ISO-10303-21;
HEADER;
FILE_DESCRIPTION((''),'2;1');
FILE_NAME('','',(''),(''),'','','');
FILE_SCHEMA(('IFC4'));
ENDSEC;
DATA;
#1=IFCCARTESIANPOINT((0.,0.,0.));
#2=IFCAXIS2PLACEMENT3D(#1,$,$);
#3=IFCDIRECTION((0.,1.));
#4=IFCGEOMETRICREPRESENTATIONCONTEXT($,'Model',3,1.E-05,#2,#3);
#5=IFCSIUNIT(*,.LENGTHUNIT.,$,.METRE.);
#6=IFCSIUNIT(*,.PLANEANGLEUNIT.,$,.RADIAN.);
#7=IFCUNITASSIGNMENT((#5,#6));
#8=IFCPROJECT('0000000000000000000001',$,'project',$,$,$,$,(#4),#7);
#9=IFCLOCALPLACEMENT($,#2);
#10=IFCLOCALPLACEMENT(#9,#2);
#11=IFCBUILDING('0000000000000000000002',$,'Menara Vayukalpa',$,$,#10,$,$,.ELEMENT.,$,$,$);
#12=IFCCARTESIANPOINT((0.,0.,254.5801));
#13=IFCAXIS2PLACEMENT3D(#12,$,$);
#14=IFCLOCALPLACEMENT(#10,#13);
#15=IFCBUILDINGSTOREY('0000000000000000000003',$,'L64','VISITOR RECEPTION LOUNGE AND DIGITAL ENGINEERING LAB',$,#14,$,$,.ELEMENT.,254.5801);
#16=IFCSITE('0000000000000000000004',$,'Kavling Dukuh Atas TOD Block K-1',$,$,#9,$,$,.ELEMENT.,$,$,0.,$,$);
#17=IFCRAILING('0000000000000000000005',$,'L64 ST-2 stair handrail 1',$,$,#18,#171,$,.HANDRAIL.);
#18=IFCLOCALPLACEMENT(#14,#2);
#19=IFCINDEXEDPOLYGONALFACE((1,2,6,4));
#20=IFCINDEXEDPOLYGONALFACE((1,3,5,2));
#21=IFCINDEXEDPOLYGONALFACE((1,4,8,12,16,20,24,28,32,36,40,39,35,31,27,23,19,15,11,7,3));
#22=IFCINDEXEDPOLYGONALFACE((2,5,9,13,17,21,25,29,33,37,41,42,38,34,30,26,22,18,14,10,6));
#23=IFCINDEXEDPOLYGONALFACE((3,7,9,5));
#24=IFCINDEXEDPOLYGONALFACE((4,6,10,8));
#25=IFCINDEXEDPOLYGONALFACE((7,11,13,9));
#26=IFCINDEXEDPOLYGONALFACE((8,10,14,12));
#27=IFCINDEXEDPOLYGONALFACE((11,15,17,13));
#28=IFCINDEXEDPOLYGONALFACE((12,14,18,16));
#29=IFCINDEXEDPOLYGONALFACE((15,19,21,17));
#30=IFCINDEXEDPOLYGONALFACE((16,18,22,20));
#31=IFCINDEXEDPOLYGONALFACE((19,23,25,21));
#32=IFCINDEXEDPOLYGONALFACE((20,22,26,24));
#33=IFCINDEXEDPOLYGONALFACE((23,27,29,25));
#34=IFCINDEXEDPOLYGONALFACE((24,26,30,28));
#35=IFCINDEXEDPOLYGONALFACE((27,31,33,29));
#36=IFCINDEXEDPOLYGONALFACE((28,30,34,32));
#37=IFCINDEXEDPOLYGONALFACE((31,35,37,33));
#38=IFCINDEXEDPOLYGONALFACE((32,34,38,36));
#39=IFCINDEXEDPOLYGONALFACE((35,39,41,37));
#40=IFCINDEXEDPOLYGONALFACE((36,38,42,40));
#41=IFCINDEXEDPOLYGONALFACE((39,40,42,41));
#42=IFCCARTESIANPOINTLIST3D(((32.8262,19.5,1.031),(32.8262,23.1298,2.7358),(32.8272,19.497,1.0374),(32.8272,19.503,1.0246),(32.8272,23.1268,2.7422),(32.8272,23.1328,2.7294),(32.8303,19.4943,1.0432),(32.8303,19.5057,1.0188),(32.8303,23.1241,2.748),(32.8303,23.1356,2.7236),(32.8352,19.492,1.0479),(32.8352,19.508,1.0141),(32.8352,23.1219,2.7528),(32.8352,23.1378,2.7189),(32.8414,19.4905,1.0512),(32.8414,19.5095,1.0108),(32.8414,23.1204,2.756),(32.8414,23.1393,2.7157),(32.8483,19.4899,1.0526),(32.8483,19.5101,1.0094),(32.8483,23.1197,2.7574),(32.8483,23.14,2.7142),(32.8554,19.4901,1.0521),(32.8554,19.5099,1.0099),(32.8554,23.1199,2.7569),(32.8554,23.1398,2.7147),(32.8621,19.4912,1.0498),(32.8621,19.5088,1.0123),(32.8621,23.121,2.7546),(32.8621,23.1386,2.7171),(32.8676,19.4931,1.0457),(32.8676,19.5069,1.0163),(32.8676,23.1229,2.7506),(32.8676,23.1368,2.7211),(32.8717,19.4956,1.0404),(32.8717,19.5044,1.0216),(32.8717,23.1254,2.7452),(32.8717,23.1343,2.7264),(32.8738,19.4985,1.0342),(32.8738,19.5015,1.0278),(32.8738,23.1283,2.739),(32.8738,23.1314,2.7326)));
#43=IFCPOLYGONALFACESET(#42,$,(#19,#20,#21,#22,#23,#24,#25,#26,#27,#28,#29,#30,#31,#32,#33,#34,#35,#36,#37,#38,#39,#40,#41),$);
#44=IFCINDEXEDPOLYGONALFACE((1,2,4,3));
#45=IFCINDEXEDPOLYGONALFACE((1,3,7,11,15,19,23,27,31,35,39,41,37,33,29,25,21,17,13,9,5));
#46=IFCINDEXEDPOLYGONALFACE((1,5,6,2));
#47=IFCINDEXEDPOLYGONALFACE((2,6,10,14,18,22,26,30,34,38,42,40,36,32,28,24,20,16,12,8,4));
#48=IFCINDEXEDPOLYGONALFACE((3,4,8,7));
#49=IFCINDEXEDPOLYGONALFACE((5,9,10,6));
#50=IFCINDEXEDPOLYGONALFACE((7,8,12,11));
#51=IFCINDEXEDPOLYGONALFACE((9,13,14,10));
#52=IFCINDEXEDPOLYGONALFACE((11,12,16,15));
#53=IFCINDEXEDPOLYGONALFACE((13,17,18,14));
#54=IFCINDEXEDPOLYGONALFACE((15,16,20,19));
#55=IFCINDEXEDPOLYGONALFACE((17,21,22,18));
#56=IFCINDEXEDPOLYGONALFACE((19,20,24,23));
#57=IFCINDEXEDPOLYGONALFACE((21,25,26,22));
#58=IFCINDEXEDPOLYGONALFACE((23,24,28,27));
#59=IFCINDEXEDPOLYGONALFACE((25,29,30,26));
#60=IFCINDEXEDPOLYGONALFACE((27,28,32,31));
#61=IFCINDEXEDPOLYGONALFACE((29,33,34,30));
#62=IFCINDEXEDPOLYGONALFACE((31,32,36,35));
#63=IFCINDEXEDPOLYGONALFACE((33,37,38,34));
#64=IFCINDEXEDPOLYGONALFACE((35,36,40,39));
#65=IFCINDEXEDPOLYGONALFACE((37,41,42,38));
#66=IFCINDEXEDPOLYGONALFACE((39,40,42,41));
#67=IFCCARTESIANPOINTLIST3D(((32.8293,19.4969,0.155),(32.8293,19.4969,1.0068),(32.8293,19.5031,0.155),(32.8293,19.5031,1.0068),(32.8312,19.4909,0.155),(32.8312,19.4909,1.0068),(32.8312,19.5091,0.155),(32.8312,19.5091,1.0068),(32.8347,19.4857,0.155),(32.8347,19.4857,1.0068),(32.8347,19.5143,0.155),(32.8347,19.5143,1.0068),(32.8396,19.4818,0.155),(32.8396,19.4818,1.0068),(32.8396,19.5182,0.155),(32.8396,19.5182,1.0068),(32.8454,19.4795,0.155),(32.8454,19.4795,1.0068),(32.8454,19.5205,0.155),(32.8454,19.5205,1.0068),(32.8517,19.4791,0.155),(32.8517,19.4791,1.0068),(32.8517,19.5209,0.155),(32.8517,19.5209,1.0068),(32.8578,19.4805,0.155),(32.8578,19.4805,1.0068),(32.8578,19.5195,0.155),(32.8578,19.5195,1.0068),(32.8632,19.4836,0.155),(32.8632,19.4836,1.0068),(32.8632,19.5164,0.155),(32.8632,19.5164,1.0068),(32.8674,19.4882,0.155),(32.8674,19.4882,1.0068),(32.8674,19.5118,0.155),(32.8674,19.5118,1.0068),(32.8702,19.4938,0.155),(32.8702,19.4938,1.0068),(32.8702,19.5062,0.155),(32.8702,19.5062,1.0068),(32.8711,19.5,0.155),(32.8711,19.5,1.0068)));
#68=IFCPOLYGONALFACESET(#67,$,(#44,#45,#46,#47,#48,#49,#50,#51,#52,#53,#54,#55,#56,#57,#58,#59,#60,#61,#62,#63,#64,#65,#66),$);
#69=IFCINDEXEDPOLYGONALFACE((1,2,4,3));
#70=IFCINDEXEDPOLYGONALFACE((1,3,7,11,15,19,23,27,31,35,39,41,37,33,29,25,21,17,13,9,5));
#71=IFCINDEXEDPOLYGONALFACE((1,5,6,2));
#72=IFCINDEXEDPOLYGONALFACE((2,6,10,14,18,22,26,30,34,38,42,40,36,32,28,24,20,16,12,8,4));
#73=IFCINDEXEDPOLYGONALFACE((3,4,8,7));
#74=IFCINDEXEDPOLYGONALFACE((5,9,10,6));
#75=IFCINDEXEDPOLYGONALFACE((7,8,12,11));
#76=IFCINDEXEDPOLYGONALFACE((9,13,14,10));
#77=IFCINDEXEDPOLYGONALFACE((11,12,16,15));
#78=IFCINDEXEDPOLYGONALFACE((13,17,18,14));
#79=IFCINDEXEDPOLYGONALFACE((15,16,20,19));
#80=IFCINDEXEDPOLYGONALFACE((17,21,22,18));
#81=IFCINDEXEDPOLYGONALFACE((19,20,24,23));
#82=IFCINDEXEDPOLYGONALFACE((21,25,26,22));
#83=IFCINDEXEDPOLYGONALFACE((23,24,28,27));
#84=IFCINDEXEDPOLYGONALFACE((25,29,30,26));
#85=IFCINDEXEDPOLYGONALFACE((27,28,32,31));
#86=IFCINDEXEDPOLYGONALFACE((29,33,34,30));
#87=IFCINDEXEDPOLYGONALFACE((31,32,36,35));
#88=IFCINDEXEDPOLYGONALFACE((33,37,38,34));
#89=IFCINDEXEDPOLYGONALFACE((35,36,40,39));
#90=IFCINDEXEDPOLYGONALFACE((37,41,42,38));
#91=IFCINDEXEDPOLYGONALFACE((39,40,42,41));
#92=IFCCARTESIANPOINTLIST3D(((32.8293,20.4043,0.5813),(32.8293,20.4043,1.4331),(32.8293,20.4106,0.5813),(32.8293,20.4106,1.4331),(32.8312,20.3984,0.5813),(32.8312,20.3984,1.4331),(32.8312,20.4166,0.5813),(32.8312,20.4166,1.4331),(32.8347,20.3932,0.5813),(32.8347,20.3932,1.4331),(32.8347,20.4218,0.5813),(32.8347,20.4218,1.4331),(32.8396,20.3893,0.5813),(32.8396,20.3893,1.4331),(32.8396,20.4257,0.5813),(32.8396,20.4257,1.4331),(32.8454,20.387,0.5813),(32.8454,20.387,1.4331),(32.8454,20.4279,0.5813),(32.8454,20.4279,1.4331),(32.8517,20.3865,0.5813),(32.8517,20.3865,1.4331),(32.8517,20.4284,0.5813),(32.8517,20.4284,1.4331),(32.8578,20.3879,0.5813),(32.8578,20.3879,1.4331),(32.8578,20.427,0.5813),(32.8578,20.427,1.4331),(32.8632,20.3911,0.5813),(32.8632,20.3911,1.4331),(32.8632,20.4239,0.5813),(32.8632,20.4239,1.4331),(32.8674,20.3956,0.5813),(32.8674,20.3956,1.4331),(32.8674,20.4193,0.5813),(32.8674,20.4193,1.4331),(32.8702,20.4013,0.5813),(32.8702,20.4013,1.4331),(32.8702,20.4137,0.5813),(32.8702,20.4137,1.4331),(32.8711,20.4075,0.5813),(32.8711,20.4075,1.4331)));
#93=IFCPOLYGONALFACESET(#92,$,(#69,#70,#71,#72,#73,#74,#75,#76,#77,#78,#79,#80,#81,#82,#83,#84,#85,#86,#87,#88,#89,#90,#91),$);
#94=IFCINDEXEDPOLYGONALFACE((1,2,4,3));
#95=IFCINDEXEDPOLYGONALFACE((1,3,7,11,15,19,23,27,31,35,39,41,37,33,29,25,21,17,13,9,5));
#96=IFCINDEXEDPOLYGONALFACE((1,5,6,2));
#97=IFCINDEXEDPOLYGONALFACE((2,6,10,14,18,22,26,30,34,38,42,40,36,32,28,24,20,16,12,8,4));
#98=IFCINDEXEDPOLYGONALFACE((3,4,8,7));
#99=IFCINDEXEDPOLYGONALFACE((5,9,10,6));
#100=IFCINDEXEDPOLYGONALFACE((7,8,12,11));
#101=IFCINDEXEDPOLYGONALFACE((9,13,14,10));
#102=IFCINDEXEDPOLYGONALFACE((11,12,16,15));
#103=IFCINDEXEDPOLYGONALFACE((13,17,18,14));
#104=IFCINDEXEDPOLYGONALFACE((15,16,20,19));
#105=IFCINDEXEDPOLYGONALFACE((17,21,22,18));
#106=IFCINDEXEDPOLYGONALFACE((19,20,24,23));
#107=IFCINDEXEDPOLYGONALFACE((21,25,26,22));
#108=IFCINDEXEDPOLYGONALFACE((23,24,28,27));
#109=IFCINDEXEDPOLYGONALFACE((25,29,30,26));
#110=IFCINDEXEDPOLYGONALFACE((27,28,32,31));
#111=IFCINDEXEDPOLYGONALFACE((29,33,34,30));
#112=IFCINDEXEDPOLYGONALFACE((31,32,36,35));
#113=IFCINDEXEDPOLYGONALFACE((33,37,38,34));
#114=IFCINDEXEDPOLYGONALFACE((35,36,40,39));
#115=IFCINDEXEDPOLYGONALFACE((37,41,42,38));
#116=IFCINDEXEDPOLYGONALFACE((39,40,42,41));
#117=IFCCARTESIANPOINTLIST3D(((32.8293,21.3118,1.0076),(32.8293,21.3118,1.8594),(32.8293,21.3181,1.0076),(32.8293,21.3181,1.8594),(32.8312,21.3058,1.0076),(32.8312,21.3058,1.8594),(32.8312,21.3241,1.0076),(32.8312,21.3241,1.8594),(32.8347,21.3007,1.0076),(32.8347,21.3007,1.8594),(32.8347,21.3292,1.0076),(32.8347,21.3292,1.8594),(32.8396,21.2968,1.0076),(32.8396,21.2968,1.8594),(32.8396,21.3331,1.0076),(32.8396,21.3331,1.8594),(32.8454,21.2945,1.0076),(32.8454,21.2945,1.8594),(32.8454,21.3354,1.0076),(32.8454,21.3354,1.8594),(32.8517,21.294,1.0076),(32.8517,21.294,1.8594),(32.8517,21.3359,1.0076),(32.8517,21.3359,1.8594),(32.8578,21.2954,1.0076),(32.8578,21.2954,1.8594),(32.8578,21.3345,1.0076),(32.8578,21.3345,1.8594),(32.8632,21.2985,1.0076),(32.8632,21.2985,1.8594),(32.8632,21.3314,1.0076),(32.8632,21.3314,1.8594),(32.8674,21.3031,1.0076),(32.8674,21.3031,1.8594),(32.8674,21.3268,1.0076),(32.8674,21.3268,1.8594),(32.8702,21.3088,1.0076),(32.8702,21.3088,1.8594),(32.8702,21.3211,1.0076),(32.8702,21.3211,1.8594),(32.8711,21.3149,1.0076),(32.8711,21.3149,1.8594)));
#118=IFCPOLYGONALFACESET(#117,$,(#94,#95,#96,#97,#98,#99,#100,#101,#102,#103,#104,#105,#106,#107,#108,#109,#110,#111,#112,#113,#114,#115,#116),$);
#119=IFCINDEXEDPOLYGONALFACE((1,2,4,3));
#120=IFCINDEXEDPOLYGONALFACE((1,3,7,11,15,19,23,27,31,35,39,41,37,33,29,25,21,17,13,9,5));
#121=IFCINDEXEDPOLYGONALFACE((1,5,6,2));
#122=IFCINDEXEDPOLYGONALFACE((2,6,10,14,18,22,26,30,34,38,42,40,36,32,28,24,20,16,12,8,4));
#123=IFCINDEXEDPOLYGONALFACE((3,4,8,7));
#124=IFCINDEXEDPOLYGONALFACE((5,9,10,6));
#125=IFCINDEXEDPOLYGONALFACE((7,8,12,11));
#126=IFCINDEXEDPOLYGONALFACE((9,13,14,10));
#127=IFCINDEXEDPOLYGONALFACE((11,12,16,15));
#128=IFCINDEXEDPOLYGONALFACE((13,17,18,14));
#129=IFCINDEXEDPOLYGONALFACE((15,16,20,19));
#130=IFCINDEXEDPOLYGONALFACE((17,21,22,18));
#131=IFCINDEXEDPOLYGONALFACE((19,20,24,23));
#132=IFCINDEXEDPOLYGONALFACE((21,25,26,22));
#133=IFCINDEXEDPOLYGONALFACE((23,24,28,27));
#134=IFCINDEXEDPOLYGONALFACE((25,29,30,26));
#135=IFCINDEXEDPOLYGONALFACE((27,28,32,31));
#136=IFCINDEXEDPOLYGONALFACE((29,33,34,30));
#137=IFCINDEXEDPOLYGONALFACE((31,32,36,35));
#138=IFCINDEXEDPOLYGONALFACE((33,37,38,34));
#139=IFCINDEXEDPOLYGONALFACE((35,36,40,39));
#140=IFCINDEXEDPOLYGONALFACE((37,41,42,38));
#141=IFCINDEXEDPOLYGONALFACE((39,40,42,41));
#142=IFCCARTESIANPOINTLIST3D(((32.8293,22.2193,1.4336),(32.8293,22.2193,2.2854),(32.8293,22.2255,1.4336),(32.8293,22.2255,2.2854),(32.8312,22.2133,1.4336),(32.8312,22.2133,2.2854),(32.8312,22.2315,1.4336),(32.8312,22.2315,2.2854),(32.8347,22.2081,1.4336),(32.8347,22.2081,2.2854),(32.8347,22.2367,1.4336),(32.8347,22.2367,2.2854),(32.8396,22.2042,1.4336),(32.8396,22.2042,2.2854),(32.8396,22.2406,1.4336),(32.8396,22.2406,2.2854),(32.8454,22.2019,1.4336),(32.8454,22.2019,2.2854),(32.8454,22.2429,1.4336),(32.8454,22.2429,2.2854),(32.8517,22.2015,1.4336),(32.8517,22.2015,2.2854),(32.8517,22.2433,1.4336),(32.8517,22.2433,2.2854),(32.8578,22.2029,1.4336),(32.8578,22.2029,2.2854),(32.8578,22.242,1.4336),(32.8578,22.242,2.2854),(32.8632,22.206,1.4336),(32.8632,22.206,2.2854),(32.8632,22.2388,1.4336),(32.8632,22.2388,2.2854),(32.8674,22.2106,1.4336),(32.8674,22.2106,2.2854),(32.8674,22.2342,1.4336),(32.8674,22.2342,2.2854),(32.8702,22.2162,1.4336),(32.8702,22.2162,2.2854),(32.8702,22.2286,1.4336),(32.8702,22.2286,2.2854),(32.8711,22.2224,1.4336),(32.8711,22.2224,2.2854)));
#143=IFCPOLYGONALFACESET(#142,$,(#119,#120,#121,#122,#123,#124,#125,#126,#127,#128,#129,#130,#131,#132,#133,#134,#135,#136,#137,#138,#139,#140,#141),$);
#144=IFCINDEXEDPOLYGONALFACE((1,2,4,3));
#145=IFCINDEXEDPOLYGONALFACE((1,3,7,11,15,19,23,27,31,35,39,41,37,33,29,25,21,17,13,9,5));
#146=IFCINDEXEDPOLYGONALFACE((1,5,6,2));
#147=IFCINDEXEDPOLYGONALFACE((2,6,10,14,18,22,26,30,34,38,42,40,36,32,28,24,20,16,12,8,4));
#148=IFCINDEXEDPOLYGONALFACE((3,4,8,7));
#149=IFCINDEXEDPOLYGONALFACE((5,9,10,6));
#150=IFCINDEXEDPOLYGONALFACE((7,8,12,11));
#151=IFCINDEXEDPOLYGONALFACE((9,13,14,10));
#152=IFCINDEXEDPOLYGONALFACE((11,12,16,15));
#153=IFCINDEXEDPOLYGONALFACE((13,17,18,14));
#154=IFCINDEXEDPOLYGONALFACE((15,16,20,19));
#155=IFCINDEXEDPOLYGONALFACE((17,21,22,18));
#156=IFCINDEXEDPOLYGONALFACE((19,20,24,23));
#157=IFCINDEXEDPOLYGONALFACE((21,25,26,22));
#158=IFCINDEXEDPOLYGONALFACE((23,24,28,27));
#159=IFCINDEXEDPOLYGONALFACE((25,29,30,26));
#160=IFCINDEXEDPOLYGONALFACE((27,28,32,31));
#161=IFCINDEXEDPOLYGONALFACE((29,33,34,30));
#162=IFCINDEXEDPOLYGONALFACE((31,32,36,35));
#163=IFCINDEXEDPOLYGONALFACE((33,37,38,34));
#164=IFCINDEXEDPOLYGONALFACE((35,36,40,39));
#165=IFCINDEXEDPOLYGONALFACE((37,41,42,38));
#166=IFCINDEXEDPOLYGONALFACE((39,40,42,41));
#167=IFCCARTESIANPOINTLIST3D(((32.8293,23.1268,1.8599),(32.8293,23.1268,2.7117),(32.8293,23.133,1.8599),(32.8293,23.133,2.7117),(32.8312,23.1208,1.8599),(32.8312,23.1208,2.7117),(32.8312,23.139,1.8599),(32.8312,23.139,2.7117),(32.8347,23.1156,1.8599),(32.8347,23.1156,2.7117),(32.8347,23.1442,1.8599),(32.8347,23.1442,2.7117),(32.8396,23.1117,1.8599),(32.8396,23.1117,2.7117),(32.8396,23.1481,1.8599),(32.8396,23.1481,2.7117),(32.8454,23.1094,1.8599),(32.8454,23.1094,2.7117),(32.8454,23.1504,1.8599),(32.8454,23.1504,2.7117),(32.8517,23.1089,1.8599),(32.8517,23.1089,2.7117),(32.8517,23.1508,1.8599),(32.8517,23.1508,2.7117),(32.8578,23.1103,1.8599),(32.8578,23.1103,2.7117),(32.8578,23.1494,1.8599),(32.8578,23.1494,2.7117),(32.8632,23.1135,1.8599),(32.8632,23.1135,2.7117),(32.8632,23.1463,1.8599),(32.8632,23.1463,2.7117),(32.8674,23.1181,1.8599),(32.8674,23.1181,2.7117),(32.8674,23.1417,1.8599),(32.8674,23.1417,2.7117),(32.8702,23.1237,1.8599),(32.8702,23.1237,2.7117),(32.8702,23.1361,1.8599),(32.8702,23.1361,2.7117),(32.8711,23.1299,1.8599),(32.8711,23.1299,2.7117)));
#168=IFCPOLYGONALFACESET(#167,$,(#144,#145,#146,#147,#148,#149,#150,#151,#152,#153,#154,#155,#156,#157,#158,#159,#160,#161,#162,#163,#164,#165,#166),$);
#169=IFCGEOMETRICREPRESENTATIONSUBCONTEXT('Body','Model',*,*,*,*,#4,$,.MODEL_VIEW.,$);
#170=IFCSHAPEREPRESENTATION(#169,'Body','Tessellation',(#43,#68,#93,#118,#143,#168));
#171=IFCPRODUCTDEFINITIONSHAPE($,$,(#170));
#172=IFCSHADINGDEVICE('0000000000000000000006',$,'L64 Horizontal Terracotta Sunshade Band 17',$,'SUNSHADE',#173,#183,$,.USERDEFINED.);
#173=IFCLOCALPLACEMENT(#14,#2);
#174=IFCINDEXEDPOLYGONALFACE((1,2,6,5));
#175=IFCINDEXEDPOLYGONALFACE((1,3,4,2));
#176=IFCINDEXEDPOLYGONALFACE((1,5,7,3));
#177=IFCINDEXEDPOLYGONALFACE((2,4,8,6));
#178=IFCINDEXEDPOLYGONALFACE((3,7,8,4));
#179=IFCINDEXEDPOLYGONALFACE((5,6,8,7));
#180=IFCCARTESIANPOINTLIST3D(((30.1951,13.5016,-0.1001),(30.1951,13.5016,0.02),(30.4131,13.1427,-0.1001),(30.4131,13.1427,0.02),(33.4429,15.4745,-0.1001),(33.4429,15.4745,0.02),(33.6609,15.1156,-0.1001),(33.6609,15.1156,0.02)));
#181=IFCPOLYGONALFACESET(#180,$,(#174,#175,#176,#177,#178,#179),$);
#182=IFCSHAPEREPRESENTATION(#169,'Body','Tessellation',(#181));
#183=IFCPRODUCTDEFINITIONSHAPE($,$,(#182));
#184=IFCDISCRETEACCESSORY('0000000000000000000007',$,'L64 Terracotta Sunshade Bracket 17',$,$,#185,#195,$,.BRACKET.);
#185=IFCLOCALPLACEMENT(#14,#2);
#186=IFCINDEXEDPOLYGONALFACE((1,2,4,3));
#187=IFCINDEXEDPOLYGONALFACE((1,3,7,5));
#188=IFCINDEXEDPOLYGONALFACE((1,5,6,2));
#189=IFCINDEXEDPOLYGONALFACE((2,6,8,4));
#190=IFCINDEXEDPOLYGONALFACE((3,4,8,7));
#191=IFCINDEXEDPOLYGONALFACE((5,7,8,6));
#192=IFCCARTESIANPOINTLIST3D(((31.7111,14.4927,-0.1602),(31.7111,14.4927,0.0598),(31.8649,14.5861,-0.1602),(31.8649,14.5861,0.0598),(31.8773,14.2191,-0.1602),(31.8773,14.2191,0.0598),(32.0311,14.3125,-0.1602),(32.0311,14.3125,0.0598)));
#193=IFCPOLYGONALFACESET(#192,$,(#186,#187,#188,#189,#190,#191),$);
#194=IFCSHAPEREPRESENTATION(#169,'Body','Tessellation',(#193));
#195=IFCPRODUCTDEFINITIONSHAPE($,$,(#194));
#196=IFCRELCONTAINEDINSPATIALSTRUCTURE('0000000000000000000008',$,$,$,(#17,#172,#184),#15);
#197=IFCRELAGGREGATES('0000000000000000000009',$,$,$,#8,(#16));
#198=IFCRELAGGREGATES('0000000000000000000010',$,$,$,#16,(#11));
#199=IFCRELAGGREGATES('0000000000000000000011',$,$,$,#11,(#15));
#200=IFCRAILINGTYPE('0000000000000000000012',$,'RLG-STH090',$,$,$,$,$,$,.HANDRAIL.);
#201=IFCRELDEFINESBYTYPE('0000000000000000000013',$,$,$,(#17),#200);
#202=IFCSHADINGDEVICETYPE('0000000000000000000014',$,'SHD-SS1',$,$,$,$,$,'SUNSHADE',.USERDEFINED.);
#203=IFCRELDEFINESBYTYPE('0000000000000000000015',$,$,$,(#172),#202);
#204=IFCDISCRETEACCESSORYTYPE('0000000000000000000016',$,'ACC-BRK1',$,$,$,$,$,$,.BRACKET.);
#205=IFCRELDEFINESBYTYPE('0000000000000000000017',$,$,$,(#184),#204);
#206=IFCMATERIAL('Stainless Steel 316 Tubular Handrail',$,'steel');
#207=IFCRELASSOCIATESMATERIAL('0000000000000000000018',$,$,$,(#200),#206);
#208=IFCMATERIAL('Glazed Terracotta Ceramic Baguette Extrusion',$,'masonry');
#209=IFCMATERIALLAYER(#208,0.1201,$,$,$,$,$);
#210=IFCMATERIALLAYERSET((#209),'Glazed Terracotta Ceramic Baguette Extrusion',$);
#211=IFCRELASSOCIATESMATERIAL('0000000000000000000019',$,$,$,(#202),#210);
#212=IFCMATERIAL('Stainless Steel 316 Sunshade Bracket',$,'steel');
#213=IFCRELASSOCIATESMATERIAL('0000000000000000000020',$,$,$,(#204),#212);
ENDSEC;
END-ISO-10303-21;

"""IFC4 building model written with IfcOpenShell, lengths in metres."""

from ifc_helpers import new_model, si_unit, direction, frame, origin, origin_2d, place, context, subcontext, project, spatial, rectangle, circle, extrude, material, layer, layer_set, type_object, element, save


model = new_model("IFC4")

# Units and contexts
model_context = context("Model", 3, precision=1e-05, world=origin(), true_north=direction((0.0, 1.0)))
body_context = subcontext(model_context, "Body", "Model", "MODEL_VIEW")
ifc_project = project(units=[si_unit("LENGTHUNIT", "METRE"), si_unit("PLANEANGLEUNIT", "RADIAN")], contexts=[model_context])

# Site, building, storey
site_placement = place(None, origin())
site = spatial("IfcSite", under=ifc_project, at=site_placement, Name="Kavling Dukuh Atas TOD Block K-1", CompositionType="ELEMENT", RefElevation=0.0)
building_placement = place(site_placement, origin())
building = spatial("IfcBuilding", under=site, at=building_placement, Name="Menara Vayukalpa", CompositionType="ELEMENT")
storey_placement = place(building_placement, frame((0.0, 0.0, 254.5801)))
storey = spatial("IfcBuildingStorey", under=building, at=storey_placement, Name="L64", Description="VISITOR RECEPTION LOUNGE AND DIGITAL ENGINEERING LAB", CompositionType="ELEMENT", Elevation=254.5801)

# Railing
ifc_material_1 = material(Name="Stainless Steel 316 Tubular Handrail", Category="steel")
railing_type_1 = type_object("IfcRailingType", Name="RLG-STH090", PredefinedType="HANDRAIL", material=ifc_material_1)
railing_1_placement = place(storey_placement, frame((32.8501, 19.5, 0.155)))
element("IfcRailing", 1, at=railing_1_placement, inside=storey, type_object=railing_type_1, Name="L64 ST-2 stair handrail 1", PredefinedType="HANDRAIL", context=body_context, shape_type="SweptSolid", body=[
    extrude(circle(Radius=0.0239, at=origin_2d()), frame((0.0, 0.0, 0.876), z_axis=(0.0, 0.90514, 0.425114), x_axis=(-1.0, 0.0, 0.0)), (0.0, 0.0, 1.0), 4.0103),
    extrude(circle(Radius=0.021, at=origin_2d()), origin(), (0.0, 0.0, 1.0), 0.8518),
    extrude(circle(Radius=0.021, at=origin_2d()), frame((0.0, 0.9075, 0.4263)), (0.0, 0.0, 1.0), 0.8518),
    extrude(circle(Radius=0.021, at=origin_2d()), frame((0.0, 1.8149, 0.8525)), (0.0, 0.0, 1.0), 0.8518),
    extrude(circle(Radius=0.021, at=origin_2d()), frame((0.0, 2.7224, 1.2786)), (0.0, 0.0, 1.0), 0.8518),
    extrude(circle(Radius=0.021, at=origin_2d()), frame((0.0, 3.6299, 1.7048)), (0.0, 0.0, 1.0), 0.8518),
])

# Shading device
ifc_material_2 = material(Name="Glazed Terracotta Ceramic Baguette Extrusion", Category="masonry")
ifc_layer_1 = layer(ifc_material_2, 0.1201)
ifc_layer_set_1 = layer_set([ifc_layer_1], Name="Glazed Terracotta Ceramic Baguette Extrusion")
shading_device_type = type_object("IfcShadingDeviceType", Name="SHD-SS1", ElementType="SUNSHADE", PredefinedType="USERDEFINED", material=ifc_layer_set_1)
shading_device_placement = place(storey_placement, frame((31.928, 14.3086, -0.1001), z_axis=(0.0, 0.0, 1.0), x_axis=(0.854667, 0.519176, 0.0)))
element("IfcShadingDevice", 2, at=shading_device_placement, inside=storey, type_object=shading_device_type, Name="L64 Horizontal Terracotta Sunshade Band 17", ObjectType="SUNSHADE", PredefinedType="USERDEFINED", context=body_context, shape_type="SweptSolid", body=[
    extrude(rectangle(XDim=3.8, YDim=0.4199, at=origin_2d()), origin(), (0.0, 0.0, 1.0), 0.1201),
])

# Discrete accessory
ifc_material_3 = material(Name="Stainless Steel 316 Sunshade Bracket", Category="steel")
discrete_accessory_type = type_object("IfcDiscreteAccessoryType", Name="ACC-BRK1", PredefinedType="BRACKET", material=ifc_material_3)
discrete_accessory_placement = place(storey_placement, frame((31.8711, 14.4026, -0.1602), z_axis=(0.0, 0.0, 1.0), x_axis=(0.854667, 0.519176, 0.0)))
element("IfcDiscreteAccessory", 3, at=discrete_accessory_placement, inside=storey, type_object=discrete_accessory_type, Name="L64 Terracotta Sunshade Bracket 17", PredefinedType="BRACKET", context=body_context, shape_type="SweptSolid", body=[
    extrude(rectangle(XDim=0.1799, YDim=0.3201, at=origin_2d()), origin(), (0.0, 0.0, 1.0), 0.22),
])

save(model, "model.ifc")
